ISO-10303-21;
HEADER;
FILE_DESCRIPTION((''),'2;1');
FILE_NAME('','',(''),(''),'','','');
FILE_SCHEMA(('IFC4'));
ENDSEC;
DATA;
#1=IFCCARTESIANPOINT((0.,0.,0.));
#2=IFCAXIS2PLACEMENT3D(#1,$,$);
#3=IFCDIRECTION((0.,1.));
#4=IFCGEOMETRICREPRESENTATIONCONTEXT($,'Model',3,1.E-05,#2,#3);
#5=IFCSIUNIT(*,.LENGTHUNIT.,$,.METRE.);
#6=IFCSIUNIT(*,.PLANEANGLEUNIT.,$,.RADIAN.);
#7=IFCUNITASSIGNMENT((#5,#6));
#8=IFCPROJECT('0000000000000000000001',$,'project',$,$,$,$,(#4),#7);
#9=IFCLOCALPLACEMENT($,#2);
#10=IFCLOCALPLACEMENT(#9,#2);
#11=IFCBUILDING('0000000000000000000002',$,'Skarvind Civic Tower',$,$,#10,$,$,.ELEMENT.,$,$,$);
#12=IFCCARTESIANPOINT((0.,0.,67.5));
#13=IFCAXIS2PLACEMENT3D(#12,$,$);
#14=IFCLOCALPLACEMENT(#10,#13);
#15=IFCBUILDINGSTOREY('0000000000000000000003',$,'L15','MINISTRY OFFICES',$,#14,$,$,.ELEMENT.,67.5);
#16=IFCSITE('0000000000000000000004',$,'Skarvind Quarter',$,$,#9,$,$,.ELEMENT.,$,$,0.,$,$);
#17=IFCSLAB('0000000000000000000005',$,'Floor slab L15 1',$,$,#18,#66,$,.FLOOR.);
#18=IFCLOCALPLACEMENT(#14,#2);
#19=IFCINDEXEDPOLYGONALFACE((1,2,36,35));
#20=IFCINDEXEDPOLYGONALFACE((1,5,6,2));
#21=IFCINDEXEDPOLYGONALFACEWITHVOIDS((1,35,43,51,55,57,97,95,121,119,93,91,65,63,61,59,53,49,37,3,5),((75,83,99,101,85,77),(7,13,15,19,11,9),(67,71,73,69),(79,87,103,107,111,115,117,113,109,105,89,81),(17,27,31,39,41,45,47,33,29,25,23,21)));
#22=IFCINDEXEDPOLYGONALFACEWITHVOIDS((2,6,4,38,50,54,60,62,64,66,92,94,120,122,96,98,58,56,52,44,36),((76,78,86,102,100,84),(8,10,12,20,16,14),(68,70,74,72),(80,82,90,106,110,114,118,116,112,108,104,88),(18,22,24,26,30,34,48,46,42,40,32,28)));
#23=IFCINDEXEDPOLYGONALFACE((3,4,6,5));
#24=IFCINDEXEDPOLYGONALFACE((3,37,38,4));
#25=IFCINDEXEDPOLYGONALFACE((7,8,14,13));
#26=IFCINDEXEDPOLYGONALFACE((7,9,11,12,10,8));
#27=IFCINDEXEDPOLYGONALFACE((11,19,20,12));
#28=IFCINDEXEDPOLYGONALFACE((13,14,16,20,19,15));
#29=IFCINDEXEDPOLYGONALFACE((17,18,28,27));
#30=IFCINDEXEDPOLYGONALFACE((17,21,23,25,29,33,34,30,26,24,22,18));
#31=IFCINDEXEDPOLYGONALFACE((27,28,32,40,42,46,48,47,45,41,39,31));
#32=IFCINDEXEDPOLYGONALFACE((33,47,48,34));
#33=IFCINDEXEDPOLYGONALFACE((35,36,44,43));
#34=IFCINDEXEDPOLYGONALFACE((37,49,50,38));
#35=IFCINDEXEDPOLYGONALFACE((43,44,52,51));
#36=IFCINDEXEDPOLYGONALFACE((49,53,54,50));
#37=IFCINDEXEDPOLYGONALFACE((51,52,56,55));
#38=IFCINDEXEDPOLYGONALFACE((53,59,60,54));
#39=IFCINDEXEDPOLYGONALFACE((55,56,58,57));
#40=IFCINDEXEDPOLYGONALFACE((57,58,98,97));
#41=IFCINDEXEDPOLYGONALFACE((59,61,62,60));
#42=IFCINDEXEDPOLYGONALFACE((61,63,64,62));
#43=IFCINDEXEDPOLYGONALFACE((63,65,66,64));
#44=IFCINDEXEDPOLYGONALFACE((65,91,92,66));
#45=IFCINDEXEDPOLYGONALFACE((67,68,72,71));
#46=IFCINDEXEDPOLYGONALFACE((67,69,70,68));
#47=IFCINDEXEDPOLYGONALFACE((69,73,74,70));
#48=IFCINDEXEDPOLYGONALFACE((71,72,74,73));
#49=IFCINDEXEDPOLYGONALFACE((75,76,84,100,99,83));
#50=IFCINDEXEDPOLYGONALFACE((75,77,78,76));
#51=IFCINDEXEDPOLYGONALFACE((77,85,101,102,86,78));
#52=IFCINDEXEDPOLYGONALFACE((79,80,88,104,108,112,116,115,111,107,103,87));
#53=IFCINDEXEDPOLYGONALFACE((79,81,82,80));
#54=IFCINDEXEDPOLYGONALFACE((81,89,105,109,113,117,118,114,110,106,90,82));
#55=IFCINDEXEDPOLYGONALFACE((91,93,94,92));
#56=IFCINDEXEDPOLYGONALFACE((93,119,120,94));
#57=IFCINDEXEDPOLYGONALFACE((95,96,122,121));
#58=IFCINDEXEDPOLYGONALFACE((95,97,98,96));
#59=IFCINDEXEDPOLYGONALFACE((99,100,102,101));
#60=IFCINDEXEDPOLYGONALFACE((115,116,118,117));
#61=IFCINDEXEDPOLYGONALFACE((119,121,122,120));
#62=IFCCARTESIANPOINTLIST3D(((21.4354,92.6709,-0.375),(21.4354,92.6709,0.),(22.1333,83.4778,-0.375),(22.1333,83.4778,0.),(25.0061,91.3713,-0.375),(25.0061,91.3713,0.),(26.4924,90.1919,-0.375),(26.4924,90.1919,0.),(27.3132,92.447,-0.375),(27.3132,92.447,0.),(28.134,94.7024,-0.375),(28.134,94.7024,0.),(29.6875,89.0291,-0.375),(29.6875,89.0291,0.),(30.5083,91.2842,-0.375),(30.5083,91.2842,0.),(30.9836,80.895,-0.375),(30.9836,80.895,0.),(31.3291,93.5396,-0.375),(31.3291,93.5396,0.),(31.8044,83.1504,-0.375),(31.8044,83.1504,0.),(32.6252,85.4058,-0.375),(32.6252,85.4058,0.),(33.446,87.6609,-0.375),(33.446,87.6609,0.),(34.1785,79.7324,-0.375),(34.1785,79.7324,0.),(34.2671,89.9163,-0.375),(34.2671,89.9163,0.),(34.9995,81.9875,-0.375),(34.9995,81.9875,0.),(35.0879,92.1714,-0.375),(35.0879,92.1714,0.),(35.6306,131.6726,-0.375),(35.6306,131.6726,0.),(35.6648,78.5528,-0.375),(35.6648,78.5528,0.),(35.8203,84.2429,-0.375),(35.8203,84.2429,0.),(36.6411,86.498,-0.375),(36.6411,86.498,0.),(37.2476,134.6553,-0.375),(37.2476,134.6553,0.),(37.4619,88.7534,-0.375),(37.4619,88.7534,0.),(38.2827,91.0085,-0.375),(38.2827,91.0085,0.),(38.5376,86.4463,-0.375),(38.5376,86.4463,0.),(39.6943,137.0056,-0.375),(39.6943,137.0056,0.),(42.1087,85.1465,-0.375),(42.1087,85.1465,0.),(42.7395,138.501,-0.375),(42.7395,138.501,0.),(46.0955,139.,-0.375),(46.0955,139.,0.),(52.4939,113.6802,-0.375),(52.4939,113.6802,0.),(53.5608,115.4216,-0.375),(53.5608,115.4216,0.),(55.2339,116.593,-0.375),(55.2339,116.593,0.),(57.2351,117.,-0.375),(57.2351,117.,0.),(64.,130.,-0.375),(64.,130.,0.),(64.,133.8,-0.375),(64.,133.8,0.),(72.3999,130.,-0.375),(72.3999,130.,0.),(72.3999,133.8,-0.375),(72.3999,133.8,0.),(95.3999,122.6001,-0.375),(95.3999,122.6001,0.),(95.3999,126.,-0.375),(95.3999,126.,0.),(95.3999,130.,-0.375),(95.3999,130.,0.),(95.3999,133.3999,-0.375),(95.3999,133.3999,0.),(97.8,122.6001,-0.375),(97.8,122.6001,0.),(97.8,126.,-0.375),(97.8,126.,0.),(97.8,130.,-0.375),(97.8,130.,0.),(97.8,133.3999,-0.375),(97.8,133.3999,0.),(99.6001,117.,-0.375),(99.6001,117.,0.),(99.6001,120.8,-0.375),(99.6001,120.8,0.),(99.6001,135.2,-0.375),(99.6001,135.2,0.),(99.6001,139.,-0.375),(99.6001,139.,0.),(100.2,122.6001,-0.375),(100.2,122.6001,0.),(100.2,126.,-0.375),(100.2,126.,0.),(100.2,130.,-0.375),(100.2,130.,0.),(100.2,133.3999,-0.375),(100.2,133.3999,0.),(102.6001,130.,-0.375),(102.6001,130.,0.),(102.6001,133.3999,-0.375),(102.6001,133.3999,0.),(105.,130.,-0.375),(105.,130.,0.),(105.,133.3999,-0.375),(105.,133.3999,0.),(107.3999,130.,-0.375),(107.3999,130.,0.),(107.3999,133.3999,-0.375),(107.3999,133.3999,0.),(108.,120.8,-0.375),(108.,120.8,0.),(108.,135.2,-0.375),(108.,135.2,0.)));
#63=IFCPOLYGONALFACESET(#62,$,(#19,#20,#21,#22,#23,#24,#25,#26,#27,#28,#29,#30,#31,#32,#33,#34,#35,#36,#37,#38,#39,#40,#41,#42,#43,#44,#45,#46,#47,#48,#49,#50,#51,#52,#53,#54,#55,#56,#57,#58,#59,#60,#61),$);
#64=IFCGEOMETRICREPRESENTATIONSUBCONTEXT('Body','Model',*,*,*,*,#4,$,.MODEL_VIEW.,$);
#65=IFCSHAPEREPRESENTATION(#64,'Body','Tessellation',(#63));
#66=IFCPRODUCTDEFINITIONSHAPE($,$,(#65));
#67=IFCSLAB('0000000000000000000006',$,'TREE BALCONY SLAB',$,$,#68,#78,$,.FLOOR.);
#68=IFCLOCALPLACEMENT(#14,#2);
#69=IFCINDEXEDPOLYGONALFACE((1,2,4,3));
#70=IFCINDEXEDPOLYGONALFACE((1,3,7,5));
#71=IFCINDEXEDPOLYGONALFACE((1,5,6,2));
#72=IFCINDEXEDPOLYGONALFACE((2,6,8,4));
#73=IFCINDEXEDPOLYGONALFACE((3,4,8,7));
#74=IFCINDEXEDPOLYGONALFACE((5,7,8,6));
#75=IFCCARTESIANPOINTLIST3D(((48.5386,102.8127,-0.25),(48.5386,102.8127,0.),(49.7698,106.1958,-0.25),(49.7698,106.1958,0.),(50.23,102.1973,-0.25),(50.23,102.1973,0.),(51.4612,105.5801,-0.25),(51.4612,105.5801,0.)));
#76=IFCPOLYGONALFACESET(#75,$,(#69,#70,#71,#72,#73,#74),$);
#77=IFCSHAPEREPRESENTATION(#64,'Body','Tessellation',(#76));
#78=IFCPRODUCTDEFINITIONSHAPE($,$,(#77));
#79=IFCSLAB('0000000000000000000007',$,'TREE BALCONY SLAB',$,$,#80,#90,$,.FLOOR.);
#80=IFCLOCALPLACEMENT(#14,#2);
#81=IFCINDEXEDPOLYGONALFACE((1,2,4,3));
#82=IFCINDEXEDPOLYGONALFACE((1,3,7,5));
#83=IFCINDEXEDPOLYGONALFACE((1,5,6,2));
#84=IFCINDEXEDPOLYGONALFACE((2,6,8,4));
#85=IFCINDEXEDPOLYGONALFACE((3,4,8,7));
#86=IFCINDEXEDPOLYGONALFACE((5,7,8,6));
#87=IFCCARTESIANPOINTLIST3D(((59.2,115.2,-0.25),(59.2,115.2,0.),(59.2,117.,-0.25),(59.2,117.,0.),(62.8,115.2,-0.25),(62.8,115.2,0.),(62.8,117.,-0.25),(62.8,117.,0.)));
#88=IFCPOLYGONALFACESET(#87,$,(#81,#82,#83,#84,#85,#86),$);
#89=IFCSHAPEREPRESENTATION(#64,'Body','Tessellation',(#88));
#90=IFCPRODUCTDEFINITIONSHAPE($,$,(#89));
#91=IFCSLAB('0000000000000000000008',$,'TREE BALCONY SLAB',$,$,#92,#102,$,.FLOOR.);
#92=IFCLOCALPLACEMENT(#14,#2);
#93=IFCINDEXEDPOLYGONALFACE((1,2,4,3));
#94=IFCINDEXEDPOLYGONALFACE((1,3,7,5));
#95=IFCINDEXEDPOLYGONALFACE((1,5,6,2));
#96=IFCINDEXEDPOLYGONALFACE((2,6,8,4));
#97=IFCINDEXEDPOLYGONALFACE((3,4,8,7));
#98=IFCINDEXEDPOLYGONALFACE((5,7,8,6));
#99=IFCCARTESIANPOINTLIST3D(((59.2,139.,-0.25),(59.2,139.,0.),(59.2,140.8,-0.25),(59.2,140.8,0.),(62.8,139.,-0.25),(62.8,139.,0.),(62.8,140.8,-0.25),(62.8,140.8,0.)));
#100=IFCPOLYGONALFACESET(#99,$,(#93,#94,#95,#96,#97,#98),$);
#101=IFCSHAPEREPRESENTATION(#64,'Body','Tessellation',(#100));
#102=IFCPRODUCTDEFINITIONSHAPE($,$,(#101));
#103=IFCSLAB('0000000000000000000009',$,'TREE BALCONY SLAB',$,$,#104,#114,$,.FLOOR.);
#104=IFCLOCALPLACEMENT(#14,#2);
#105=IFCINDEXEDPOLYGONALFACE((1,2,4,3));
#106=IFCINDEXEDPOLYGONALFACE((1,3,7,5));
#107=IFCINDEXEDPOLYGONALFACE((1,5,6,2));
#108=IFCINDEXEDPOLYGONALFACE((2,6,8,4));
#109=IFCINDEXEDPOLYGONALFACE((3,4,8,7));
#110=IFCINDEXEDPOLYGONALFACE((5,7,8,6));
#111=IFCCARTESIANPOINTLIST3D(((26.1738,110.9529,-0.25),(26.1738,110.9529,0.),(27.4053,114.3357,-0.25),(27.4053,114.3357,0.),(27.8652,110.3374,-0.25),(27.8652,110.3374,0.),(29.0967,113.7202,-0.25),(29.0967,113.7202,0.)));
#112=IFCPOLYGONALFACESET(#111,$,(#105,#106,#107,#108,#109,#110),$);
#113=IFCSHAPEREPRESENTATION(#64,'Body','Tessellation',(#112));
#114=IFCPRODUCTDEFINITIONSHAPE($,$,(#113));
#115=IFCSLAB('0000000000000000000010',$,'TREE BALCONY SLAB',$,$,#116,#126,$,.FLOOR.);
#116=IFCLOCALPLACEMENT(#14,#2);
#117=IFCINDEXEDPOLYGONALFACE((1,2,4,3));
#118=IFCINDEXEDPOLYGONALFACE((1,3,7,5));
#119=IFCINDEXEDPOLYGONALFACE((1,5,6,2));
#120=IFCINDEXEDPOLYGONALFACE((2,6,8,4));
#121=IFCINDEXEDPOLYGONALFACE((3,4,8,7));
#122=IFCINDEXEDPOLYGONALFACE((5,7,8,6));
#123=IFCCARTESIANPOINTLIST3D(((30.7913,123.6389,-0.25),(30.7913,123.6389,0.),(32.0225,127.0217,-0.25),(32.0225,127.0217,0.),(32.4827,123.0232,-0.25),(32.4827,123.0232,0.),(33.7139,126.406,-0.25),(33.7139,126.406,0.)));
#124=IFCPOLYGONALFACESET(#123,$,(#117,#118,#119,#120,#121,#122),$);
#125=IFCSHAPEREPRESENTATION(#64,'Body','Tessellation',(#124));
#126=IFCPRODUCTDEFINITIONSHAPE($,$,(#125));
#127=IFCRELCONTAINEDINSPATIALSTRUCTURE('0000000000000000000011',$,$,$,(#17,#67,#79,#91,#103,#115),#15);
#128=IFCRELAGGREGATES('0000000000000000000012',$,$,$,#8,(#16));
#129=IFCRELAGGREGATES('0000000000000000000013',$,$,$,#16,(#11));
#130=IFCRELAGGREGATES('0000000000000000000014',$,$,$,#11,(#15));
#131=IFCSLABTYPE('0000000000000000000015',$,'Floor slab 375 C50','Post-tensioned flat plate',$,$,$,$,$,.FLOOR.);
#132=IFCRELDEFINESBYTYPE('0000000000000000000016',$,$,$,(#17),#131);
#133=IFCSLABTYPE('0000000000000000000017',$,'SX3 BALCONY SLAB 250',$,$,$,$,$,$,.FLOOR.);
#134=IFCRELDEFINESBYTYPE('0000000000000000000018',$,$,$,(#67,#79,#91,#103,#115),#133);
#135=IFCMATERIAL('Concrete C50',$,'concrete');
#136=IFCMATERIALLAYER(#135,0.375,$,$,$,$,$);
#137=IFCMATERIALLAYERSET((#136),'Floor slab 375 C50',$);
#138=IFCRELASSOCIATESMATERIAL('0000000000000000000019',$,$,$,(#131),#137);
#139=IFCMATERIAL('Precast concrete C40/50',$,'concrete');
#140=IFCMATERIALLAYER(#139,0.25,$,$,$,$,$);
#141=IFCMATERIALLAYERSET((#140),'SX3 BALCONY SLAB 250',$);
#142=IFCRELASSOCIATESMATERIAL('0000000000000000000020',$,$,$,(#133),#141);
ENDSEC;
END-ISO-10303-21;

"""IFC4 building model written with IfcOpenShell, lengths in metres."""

from ifc_helpers import new_model, si_unit, direction, frame, origin, place, context, subcontext, project, spatial, polyline, outline, extrude, material, layer, layer_set, type_object, element, save


model = new_model("IFC4")

# Units and contexts
model_context = context("Model", 3, precision=1e-05, world=origin(), true_north=direction((0.0, 1.0)))
body_context = subcontext(model_context, "Body", "Model", "MODEL_VIEW")
ifc_project = project(units=[si_unit("LENGTHUNIT", "METRE"), si_unit("PLANEANGLEUNIT", "RADIAN")], contexts=[model_context])

# Site, building, storey
site_placement = place(None, origin())
site = spatial("IfcSite", under=ifc_project, at=site_placement, Name="Skarvind Quarter", CompositionType="ELEMENT", RefElevation=0.0)
building_placement = place(site_placement, origin())
building = spatial("IfcBuilding", under=site, at=building_placement, Name="Skarvind Civic Tower", CompositionType="ELEMENT")
storey_placement = place(building_placement, frame((0.0, 0.0, 67.5)))
storey = spatial("IfcBuildingStorey", under=building, at=storey_placement, Name="L15", Description="MINISTRY OFFICES", CompositionType="ELEMENT", Elevation=67.5)

# Slabs
ifc_material_1 = material(Name="Concrete C50", Category="concrete")
ifc_layer_1 = layer(ifc_material_1, 0.375)
ifc_layer_set_1 = layer_set([ifc_layer_1], Name="Floor slab 375 C50")
slab_type_1 = type_object("IfcSlabType", Name="Floor slab 375 C50", Description="Post-tensioned flat plate", PredefinedType="FLOOR", material=ifc_layer_set_1)
slab_1_placement = place(storey_placement, frame((0.0, 0.0, -0.375)))
element("IfcSlab", 1, at=slab_1_placement, inside=storey, type_object=slab_type_1, Name="Floor slab L15 1", PredefinedType="FLOOR", context=body_context, shape_type="SweptSolid", body=[
    extrude(outline(polyline([(99.6001, 117.0), (99.6001, 120.8), (108.0, 120.8), (108.0, 135.2), (99.6001, 135.2), (99.6001, 139.0), (46.0955, 139.0), (42.7395, 138.501), (39.6943, 137.0056), (37.2476, 134.6553), (35.6306, 131.6726), (19.4175, 87.1267), (21.4353, 92.6709), (25.0061, 91.3713), (22.1333, 83.4778), (36.8865, 78.1082), (35.6648, 78.5527), (38.5376, 86.4463), (42.1086, 85.1465), (40.0908, 79.6023), (40.0908, 79.6023), (52.4939, 113.6802), (53.5608, 115.4216), (55.2339, 116.593), (57.2351, 117.0), (99.6001, 117.0)]), holes=[polyline([(32.6252, 85.4058), (33.446, 87.6609), (34.2671, 89.9163), (35.0879, 92.1714), (38.2827, 91.0085), (37.4619, 88.7534), (36.6411, 86.498), (35.8203, 84.2429), (35.8203, 84.2429), (34.9995, 81.9875), (34.1785, 79.7324), (30.9836, 80.895), (31.8044, 83.1504), (32.6252, 85.4058), (32.6252, 85.4058)]), polyline([(31.3291, 93.5396), (30.5083, 91.2842), (29.6875, 89.0291), (26.4924, 90.1919), (27.3132, 92.447), (28.134, 94.7024), (31.3291, 93.5396)]), polyline([(64.0, 130.0), (64.0, 133.8), (72.3999, 133.8), (72.3999, 130.0), (64.0, 130.0)]), polyline([(100.2, 126.0), (100.2, 122.6001), (97.8, 122.6001), (95.3999, 122.6001), (95.3999, 126.0), (97.8, 126.0), (100.2, 126.0)]), polyline([(100.2, 133.3999), (102.6001, 133.3999), (105.0, 133.3999), (107.3999, 133.3999), (107.3999, 130.0), (105.0, 130.0), (102.6001, 130.0), (100.2, 130.0), (97.8, 130.0), (95.3999, 130.0), (95.3999, 133.3999), (97.8, 133.3999), (100.2, 133.3999)])]), origin(), (0.0, 0.0, 1.0), 0.375),
])
ifc_material_2 = material(Name="Precast concrete C40/50", Category="concrete")
ifc_layer_2 = layer(ifc_material_2, 0.25)
ifc_layer_set_2 = layer_set([ifc_layer_2], Name="SX3 BALCONY SLAB 250")
slab_type_2 = type_object("IfcSlabType", Name="SX3 BALCONY SLAB 250", PredefinedType="FLOOR", material=ifc_layer_set_2)
slab_2_placement = place(storey_placement, frame((0.0, 0.0, -0.25)))
element("IfcSlab", 2, at=slab_2_placement, inside=storey, type_object=slab_type_2, Name="TREE BALCONY SLAB", PredefinedType="FLOOR", context=body_context, shape_type="SweptSolid", body=[
    extrude(outline(polyline([(49.7698, 106.1958), (48.5386, 102.8127), (50.23, 102.1973), (51.4612, 105.5801), (49.7698, 106.1958)])), origin(), (0.0, 0.0, 1.0), 0.25),
])
slab_3_placement = place(storey_placement, frame((0.0, 0.0, -0.25)))
element("IfcSlab", 3, at=slab_3_placement, inside=storey, type_object=slab_type_2, Name="TREE BALCONY SLAB", PredefinedType="FLOOR", context=body_context, shape_type="SweptSolid", body=[
    extrude(outline(polyline([(62.8, 117.0), (59.2, 117.0), (59.2, 115.2), (62.8, 115.2), (62.8, 117.0)])), origin(), (0.0, 0.0, 1.0), 0.25),
])
slab_4_placement = place(storey_placement, frame((0.0, 0.0, -0.25)))
element("IfcSlab", 4, at=slab_4_placement, inside=storey, type_object=slab_type_2, Name="TREE BALCONY SLAB", PredefinedType="FLOOR", context=body_context, shape_type="SweptSolid", body=[
    extrude(outline(polyline([(59.2, 139.0), (62.8, 139.0), (62.8, 140.8), (59.2, 140.8), (59.2, 139.0)])), origin(), (0.0, 0.0, 1.0), 0.25),
])
slab_5_placement = place(storey_placement, frame((0.0, 0.0, -0.25)))
element("IfcSlab", 5, at=slab_5_placement, inside=storey, type_object=slab_type_2, Name="TREE BALCONY SLAB", PredefinedType="FLOOR", context=body_context, shape_type="SweptSolid", body=[
    extrude(outline(polyline([(27.8652, 110.3374), (29.0967, 113.7202), (27.4053, 114.3357), (26.1738, 110.9529), (27.8652, 110.3374)])), origin(), (0.0, 0.0, 1.0), 0.25),
])
slab_6_placement = place(storey_placement, frame((0.0, 0.0, -0.25)))
element("IfcSlab", 6, at=slab_6_placement, inside=storey, type_object=slab_type_2, Name="TREE BALCONY SLAB", PredefinedType="FLOOR", context=body_context, shape_type="SweptSolid", body=[
    extrude(outline(polyline([(32.4827, 123.0232), (33.7139, 126.406), (32.0225, 127.0217), (30.7913, 123.6389), (32.4827, 123.0232)])), origin(), (0.0, 0.0, 1.0), 0.25),
])

save(model, "model.ifc")
